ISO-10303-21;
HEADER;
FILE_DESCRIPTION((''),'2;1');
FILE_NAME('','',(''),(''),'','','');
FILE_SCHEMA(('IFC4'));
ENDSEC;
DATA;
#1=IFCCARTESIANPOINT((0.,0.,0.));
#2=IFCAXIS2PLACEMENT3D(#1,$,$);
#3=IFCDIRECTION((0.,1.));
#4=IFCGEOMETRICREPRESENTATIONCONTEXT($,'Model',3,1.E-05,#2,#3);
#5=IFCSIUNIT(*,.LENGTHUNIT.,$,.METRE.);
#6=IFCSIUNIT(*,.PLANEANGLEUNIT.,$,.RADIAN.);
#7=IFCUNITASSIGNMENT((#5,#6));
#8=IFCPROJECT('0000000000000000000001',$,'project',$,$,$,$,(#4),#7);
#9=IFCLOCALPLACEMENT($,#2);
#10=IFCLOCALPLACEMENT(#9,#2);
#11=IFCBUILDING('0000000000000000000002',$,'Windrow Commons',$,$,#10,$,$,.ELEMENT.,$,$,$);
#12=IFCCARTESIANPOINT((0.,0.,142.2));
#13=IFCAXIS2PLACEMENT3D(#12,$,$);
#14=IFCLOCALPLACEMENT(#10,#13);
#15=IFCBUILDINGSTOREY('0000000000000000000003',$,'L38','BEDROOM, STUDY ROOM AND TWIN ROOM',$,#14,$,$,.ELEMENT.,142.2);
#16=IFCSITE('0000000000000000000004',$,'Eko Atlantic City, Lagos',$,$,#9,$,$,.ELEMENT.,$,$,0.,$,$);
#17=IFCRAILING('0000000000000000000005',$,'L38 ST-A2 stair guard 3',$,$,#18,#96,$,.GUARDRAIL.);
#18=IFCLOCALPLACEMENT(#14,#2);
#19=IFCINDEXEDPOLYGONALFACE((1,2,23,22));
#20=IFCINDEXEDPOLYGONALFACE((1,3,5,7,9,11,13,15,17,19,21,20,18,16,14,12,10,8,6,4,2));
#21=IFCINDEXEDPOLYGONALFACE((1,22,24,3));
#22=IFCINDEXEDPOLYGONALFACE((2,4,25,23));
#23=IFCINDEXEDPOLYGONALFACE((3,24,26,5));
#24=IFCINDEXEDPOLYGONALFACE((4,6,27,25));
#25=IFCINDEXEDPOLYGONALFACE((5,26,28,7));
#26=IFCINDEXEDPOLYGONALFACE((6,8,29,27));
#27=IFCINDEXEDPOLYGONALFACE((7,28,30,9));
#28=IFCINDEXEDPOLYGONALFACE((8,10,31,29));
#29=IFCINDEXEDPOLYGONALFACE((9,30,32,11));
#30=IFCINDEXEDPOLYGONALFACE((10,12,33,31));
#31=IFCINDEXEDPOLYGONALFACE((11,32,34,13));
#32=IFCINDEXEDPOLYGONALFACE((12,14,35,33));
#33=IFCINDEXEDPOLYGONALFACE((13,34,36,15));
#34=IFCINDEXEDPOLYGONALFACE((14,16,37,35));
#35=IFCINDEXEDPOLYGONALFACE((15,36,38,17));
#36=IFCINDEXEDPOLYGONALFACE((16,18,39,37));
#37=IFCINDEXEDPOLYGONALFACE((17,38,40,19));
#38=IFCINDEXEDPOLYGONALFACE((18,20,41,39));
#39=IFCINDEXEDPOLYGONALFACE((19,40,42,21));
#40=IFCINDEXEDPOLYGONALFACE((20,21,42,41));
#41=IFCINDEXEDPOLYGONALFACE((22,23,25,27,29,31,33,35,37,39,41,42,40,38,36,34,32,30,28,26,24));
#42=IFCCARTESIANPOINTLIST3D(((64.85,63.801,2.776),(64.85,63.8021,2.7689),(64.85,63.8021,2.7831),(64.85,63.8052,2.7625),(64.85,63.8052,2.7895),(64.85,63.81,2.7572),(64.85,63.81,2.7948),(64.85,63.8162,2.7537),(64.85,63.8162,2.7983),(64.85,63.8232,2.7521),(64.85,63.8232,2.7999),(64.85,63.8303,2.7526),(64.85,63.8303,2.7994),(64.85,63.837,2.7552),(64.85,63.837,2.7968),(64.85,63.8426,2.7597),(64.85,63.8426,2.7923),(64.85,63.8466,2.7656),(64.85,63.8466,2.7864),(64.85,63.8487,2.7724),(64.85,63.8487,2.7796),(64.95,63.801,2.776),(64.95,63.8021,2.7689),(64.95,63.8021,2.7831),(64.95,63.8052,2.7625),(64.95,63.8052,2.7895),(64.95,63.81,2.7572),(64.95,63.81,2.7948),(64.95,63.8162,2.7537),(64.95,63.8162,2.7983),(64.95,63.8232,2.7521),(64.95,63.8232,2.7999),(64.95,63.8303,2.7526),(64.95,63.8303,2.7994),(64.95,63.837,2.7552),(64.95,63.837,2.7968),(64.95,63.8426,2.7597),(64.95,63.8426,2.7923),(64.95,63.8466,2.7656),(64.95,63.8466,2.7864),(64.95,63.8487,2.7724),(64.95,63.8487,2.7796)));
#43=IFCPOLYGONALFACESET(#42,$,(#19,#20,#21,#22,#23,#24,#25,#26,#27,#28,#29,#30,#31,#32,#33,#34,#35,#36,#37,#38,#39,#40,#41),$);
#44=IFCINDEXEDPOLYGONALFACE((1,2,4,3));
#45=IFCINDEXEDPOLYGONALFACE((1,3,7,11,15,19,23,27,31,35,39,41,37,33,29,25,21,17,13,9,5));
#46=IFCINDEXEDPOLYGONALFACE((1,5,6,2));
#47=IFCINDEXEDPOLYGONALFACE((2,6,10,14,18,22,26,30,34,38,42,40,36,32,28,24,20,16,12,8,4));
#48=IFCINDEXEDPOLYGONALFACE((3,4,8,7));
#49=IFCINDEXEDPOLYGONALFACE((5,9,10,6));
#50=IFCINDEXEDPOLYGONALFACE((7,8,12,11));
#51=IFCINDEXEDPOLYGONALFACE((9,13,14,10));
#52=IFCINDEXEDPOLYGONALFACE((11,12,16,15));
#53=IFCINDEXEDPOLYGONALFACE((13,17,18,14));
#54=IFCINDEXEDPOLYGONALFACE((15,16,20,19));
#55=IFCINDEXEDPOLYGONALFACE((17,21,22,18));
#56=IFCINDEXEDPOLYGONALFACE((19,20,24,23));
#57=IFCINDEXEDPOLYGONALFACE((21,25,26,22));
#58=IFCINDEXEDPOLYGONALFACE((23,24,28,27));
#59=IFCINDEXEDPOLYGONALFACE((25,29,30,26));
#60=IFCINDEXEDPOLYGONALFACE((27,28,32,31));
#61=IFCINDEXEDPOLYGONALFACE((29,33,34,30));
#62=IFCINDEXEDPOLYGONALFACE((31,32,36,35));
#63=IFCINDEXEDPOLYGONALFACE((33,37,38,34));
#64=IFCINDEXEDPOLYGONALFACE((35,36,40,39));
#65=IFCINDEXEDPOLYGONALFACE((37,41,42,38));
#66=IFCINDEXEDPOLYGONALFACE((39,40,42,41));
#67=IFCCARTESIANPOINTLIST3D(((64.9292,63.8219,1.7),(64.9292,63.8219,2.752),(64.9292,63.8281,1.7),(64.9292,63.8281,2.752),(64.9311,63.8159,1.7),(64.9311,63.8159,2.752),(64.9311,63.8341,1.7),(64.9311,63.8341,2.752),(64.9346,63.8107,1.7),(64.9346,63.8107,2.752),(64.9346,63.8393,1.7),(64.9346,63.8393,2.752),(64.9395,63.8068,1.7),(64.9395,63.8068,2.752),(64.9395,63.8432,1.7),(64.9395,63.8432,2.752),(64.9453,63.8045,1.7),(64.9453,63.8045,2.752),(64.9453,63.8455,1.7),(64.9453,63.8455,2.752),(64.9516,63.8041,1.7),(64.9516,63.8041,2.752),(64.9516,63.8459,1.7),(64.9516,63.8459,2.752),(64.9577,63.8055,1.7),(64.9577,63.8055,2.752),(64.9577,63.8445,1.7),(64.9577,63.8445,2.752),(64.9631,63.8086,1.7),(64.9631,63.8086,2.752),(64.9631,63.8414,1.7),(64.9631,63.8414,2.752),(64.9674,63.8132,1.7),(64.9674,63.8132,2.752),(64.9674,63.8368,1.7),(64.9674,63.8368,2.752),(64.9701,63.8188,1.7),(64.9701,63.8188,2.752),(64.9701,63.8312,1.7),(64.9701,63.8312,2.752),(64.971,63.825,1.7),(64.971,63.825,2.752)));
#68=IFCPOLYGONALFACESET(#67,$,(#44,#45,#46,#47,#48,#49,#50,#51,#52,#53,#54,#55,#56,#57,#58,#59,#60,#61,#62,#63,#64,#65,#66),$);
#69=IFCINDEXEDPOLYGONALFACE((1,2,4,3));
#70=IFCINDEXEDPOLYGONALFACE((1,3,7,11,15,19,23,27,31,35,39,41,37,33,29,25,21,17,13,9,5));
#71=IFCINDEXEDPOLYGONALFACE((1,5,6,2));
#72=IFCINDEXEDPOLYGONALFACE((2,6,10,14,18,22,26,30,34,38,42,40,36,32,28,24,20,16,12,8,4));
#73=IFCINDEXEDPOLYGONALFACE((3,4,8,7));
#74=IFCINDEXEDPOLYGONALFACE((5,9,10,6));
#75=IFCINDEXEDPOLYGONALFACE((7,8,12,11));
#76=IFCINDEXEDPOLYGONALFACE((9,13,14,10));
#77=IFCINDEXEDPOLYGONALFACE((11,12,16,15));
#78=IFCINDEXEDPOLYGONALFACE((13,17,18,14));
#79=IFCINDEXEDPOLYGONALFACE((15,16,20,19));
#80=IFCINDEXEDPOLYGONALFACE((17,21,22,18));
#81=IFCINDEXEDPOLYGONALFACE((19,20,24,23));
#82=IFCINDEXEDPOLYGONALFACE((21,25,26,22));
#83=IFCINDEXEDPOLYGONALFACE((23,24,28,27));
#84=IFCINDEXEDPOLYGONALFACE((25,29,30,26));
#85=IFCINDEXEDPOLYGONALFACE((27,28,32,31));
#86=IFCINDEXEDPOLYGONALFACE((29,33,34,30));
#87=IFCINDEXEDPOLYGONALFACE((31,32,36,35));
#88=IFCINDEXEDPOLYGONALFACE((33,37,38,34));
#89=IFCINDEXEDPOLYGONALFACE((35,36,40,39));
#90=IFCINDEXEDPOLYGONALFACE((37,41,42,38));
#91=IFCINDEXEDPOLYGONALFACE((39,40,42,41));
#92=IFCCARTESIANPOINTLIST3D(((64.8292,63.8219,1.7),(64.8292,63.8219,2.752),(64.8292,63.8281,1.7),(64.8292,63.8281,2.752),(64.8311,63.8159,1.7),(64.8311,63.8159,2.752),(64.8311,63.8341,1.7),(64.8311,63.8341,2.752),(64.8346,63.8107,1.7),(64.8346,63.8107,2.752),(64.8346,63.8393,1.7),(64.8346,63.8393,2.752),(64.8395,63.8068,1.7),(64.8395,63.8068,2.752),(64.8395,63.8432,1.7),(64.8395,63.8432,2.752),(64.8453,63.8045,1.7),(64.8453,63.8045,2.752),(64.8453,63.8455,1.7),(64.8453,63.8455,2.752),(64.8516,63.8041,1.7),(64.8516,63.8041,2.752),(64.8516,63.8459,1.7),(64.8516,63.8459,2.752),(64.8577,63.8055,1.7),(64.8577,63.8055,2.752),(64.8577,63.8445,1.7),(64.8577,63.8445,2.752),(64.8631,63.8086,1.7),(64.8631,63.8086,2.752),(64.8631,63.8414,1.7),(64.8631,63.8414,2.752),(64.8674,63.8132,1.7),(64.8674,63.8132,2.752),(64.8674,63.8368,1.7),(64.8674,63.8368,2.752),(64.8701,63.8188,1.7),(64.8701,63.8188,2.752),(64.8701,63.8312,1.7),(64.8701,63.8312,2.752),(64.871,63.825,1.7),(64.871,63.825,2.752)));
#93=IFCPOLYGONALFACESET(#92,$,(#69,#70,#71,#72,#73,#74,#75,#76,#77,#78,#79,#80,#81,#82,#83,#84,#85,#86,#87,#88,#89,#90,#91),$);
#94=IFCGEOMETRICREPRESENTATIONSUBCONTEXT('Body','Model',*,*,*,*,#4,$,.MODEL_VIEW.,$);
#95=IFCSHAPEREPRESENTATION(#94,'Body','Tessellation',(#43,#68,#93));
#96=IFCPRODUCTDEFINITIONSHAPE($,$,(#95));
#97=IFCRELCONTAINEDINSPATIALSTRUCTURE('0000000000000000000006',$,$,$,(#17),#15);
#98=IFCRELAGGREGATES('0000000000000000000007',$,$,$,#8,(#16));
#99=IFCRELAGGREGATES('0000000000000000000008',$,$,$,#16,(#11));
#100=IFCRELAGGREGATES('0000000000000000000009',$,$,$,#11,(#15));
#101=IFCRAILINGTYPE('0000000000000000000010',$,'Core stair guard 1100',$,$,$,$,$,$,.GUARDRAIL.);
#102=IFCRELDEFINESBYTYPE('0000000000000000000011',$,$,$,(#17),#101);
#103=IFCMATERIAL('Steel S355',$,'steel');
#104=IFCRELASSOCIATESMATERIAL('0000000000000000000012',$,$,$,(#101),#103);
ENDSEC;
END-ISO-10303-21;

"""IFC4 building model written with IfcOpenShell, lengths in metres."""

from ifc_helpers import new_model, si_unit, direction, frame, origin, origin_2d, place, context, subcontext, project, spatial, circle, extrude, material, type_object, element, save


model = new_model("IFC4")

# Units and contexts
model_context = context("Model", 3, precision=1e-05, world=origin(), true_north=direction((0.0, 1.0)))
body_context = subcontext(model_context, "Body", "Model", "MODEL_VIEW")
ifc_project = project(units=[si_unit("LENGTHUNIT", "METRE"), si_unit("PLANEANGLEUNIT", "RADIAN")], contexts=[model_context])

# Site, building, storey
site_placement = place(None, origin())
site = spatial("IfcSite", under=ifc_project, at=site_placement, Name="Eko Atlantic City, Lagos", CompositionType="ELEMENT", RefElevation=0.0)
building_placement = place(site_placement, origin())
building = spatial("IfcBuilding", under=site, at=building_placement, Name="Windrow Commons", CompositionType="ELEMENT")
storey_placement = place(building_placement, frame((0.0, 0.0, 142.2)))
storey = spatial("IfcBuildingStorey", under=building, at=storey_placement, Name="L38", Description="BEDROOM, STUDY ROOM AND TWIN ROOM", CompositionType="ELEMENT", Elevation=142.2)

# Railing
ifc_material_1 = material(Name="Steel S355", Category="steel")
railing_type_1 = type_object("IfcRailingType", Name="Core stair guard 1100", PredefinedType="GUARDRAIL", material=ifc_material_1)
railing_1_placement = place(storey_placement, frame((64.95, 63.825, 1.7)))
element("IfcRailing", 1, at=railing_1_placement, inside=storey, type_object=railing_type_1, Name="L38 ST-A2 stair guard 3", PredefinedType="GUARDRAIL", context=body_context, shape_type="SweptSolid", body=[
    extrude(circle(Radius=0.024, at=origin_2d()), frame((0.0, 0.0, 1.076), z_axis=(-1.0, 0.0, 0.0), x_axis=(0.0, -1.0, 0.0)), (0.0, 0.0, 1.0), 0.1),
    extrude(circle(Radius=0.021, at=origin_2d()), origin(), (0.0, 0.0, 1.0), 1.052),
    extrude(circle(Radius=0.021, at=origin_2d()), frame((-0.1, 0.0, 0.0)), (0.0, 0.0, 1.0), 1.052),
])

save(model, "model.ifc")
